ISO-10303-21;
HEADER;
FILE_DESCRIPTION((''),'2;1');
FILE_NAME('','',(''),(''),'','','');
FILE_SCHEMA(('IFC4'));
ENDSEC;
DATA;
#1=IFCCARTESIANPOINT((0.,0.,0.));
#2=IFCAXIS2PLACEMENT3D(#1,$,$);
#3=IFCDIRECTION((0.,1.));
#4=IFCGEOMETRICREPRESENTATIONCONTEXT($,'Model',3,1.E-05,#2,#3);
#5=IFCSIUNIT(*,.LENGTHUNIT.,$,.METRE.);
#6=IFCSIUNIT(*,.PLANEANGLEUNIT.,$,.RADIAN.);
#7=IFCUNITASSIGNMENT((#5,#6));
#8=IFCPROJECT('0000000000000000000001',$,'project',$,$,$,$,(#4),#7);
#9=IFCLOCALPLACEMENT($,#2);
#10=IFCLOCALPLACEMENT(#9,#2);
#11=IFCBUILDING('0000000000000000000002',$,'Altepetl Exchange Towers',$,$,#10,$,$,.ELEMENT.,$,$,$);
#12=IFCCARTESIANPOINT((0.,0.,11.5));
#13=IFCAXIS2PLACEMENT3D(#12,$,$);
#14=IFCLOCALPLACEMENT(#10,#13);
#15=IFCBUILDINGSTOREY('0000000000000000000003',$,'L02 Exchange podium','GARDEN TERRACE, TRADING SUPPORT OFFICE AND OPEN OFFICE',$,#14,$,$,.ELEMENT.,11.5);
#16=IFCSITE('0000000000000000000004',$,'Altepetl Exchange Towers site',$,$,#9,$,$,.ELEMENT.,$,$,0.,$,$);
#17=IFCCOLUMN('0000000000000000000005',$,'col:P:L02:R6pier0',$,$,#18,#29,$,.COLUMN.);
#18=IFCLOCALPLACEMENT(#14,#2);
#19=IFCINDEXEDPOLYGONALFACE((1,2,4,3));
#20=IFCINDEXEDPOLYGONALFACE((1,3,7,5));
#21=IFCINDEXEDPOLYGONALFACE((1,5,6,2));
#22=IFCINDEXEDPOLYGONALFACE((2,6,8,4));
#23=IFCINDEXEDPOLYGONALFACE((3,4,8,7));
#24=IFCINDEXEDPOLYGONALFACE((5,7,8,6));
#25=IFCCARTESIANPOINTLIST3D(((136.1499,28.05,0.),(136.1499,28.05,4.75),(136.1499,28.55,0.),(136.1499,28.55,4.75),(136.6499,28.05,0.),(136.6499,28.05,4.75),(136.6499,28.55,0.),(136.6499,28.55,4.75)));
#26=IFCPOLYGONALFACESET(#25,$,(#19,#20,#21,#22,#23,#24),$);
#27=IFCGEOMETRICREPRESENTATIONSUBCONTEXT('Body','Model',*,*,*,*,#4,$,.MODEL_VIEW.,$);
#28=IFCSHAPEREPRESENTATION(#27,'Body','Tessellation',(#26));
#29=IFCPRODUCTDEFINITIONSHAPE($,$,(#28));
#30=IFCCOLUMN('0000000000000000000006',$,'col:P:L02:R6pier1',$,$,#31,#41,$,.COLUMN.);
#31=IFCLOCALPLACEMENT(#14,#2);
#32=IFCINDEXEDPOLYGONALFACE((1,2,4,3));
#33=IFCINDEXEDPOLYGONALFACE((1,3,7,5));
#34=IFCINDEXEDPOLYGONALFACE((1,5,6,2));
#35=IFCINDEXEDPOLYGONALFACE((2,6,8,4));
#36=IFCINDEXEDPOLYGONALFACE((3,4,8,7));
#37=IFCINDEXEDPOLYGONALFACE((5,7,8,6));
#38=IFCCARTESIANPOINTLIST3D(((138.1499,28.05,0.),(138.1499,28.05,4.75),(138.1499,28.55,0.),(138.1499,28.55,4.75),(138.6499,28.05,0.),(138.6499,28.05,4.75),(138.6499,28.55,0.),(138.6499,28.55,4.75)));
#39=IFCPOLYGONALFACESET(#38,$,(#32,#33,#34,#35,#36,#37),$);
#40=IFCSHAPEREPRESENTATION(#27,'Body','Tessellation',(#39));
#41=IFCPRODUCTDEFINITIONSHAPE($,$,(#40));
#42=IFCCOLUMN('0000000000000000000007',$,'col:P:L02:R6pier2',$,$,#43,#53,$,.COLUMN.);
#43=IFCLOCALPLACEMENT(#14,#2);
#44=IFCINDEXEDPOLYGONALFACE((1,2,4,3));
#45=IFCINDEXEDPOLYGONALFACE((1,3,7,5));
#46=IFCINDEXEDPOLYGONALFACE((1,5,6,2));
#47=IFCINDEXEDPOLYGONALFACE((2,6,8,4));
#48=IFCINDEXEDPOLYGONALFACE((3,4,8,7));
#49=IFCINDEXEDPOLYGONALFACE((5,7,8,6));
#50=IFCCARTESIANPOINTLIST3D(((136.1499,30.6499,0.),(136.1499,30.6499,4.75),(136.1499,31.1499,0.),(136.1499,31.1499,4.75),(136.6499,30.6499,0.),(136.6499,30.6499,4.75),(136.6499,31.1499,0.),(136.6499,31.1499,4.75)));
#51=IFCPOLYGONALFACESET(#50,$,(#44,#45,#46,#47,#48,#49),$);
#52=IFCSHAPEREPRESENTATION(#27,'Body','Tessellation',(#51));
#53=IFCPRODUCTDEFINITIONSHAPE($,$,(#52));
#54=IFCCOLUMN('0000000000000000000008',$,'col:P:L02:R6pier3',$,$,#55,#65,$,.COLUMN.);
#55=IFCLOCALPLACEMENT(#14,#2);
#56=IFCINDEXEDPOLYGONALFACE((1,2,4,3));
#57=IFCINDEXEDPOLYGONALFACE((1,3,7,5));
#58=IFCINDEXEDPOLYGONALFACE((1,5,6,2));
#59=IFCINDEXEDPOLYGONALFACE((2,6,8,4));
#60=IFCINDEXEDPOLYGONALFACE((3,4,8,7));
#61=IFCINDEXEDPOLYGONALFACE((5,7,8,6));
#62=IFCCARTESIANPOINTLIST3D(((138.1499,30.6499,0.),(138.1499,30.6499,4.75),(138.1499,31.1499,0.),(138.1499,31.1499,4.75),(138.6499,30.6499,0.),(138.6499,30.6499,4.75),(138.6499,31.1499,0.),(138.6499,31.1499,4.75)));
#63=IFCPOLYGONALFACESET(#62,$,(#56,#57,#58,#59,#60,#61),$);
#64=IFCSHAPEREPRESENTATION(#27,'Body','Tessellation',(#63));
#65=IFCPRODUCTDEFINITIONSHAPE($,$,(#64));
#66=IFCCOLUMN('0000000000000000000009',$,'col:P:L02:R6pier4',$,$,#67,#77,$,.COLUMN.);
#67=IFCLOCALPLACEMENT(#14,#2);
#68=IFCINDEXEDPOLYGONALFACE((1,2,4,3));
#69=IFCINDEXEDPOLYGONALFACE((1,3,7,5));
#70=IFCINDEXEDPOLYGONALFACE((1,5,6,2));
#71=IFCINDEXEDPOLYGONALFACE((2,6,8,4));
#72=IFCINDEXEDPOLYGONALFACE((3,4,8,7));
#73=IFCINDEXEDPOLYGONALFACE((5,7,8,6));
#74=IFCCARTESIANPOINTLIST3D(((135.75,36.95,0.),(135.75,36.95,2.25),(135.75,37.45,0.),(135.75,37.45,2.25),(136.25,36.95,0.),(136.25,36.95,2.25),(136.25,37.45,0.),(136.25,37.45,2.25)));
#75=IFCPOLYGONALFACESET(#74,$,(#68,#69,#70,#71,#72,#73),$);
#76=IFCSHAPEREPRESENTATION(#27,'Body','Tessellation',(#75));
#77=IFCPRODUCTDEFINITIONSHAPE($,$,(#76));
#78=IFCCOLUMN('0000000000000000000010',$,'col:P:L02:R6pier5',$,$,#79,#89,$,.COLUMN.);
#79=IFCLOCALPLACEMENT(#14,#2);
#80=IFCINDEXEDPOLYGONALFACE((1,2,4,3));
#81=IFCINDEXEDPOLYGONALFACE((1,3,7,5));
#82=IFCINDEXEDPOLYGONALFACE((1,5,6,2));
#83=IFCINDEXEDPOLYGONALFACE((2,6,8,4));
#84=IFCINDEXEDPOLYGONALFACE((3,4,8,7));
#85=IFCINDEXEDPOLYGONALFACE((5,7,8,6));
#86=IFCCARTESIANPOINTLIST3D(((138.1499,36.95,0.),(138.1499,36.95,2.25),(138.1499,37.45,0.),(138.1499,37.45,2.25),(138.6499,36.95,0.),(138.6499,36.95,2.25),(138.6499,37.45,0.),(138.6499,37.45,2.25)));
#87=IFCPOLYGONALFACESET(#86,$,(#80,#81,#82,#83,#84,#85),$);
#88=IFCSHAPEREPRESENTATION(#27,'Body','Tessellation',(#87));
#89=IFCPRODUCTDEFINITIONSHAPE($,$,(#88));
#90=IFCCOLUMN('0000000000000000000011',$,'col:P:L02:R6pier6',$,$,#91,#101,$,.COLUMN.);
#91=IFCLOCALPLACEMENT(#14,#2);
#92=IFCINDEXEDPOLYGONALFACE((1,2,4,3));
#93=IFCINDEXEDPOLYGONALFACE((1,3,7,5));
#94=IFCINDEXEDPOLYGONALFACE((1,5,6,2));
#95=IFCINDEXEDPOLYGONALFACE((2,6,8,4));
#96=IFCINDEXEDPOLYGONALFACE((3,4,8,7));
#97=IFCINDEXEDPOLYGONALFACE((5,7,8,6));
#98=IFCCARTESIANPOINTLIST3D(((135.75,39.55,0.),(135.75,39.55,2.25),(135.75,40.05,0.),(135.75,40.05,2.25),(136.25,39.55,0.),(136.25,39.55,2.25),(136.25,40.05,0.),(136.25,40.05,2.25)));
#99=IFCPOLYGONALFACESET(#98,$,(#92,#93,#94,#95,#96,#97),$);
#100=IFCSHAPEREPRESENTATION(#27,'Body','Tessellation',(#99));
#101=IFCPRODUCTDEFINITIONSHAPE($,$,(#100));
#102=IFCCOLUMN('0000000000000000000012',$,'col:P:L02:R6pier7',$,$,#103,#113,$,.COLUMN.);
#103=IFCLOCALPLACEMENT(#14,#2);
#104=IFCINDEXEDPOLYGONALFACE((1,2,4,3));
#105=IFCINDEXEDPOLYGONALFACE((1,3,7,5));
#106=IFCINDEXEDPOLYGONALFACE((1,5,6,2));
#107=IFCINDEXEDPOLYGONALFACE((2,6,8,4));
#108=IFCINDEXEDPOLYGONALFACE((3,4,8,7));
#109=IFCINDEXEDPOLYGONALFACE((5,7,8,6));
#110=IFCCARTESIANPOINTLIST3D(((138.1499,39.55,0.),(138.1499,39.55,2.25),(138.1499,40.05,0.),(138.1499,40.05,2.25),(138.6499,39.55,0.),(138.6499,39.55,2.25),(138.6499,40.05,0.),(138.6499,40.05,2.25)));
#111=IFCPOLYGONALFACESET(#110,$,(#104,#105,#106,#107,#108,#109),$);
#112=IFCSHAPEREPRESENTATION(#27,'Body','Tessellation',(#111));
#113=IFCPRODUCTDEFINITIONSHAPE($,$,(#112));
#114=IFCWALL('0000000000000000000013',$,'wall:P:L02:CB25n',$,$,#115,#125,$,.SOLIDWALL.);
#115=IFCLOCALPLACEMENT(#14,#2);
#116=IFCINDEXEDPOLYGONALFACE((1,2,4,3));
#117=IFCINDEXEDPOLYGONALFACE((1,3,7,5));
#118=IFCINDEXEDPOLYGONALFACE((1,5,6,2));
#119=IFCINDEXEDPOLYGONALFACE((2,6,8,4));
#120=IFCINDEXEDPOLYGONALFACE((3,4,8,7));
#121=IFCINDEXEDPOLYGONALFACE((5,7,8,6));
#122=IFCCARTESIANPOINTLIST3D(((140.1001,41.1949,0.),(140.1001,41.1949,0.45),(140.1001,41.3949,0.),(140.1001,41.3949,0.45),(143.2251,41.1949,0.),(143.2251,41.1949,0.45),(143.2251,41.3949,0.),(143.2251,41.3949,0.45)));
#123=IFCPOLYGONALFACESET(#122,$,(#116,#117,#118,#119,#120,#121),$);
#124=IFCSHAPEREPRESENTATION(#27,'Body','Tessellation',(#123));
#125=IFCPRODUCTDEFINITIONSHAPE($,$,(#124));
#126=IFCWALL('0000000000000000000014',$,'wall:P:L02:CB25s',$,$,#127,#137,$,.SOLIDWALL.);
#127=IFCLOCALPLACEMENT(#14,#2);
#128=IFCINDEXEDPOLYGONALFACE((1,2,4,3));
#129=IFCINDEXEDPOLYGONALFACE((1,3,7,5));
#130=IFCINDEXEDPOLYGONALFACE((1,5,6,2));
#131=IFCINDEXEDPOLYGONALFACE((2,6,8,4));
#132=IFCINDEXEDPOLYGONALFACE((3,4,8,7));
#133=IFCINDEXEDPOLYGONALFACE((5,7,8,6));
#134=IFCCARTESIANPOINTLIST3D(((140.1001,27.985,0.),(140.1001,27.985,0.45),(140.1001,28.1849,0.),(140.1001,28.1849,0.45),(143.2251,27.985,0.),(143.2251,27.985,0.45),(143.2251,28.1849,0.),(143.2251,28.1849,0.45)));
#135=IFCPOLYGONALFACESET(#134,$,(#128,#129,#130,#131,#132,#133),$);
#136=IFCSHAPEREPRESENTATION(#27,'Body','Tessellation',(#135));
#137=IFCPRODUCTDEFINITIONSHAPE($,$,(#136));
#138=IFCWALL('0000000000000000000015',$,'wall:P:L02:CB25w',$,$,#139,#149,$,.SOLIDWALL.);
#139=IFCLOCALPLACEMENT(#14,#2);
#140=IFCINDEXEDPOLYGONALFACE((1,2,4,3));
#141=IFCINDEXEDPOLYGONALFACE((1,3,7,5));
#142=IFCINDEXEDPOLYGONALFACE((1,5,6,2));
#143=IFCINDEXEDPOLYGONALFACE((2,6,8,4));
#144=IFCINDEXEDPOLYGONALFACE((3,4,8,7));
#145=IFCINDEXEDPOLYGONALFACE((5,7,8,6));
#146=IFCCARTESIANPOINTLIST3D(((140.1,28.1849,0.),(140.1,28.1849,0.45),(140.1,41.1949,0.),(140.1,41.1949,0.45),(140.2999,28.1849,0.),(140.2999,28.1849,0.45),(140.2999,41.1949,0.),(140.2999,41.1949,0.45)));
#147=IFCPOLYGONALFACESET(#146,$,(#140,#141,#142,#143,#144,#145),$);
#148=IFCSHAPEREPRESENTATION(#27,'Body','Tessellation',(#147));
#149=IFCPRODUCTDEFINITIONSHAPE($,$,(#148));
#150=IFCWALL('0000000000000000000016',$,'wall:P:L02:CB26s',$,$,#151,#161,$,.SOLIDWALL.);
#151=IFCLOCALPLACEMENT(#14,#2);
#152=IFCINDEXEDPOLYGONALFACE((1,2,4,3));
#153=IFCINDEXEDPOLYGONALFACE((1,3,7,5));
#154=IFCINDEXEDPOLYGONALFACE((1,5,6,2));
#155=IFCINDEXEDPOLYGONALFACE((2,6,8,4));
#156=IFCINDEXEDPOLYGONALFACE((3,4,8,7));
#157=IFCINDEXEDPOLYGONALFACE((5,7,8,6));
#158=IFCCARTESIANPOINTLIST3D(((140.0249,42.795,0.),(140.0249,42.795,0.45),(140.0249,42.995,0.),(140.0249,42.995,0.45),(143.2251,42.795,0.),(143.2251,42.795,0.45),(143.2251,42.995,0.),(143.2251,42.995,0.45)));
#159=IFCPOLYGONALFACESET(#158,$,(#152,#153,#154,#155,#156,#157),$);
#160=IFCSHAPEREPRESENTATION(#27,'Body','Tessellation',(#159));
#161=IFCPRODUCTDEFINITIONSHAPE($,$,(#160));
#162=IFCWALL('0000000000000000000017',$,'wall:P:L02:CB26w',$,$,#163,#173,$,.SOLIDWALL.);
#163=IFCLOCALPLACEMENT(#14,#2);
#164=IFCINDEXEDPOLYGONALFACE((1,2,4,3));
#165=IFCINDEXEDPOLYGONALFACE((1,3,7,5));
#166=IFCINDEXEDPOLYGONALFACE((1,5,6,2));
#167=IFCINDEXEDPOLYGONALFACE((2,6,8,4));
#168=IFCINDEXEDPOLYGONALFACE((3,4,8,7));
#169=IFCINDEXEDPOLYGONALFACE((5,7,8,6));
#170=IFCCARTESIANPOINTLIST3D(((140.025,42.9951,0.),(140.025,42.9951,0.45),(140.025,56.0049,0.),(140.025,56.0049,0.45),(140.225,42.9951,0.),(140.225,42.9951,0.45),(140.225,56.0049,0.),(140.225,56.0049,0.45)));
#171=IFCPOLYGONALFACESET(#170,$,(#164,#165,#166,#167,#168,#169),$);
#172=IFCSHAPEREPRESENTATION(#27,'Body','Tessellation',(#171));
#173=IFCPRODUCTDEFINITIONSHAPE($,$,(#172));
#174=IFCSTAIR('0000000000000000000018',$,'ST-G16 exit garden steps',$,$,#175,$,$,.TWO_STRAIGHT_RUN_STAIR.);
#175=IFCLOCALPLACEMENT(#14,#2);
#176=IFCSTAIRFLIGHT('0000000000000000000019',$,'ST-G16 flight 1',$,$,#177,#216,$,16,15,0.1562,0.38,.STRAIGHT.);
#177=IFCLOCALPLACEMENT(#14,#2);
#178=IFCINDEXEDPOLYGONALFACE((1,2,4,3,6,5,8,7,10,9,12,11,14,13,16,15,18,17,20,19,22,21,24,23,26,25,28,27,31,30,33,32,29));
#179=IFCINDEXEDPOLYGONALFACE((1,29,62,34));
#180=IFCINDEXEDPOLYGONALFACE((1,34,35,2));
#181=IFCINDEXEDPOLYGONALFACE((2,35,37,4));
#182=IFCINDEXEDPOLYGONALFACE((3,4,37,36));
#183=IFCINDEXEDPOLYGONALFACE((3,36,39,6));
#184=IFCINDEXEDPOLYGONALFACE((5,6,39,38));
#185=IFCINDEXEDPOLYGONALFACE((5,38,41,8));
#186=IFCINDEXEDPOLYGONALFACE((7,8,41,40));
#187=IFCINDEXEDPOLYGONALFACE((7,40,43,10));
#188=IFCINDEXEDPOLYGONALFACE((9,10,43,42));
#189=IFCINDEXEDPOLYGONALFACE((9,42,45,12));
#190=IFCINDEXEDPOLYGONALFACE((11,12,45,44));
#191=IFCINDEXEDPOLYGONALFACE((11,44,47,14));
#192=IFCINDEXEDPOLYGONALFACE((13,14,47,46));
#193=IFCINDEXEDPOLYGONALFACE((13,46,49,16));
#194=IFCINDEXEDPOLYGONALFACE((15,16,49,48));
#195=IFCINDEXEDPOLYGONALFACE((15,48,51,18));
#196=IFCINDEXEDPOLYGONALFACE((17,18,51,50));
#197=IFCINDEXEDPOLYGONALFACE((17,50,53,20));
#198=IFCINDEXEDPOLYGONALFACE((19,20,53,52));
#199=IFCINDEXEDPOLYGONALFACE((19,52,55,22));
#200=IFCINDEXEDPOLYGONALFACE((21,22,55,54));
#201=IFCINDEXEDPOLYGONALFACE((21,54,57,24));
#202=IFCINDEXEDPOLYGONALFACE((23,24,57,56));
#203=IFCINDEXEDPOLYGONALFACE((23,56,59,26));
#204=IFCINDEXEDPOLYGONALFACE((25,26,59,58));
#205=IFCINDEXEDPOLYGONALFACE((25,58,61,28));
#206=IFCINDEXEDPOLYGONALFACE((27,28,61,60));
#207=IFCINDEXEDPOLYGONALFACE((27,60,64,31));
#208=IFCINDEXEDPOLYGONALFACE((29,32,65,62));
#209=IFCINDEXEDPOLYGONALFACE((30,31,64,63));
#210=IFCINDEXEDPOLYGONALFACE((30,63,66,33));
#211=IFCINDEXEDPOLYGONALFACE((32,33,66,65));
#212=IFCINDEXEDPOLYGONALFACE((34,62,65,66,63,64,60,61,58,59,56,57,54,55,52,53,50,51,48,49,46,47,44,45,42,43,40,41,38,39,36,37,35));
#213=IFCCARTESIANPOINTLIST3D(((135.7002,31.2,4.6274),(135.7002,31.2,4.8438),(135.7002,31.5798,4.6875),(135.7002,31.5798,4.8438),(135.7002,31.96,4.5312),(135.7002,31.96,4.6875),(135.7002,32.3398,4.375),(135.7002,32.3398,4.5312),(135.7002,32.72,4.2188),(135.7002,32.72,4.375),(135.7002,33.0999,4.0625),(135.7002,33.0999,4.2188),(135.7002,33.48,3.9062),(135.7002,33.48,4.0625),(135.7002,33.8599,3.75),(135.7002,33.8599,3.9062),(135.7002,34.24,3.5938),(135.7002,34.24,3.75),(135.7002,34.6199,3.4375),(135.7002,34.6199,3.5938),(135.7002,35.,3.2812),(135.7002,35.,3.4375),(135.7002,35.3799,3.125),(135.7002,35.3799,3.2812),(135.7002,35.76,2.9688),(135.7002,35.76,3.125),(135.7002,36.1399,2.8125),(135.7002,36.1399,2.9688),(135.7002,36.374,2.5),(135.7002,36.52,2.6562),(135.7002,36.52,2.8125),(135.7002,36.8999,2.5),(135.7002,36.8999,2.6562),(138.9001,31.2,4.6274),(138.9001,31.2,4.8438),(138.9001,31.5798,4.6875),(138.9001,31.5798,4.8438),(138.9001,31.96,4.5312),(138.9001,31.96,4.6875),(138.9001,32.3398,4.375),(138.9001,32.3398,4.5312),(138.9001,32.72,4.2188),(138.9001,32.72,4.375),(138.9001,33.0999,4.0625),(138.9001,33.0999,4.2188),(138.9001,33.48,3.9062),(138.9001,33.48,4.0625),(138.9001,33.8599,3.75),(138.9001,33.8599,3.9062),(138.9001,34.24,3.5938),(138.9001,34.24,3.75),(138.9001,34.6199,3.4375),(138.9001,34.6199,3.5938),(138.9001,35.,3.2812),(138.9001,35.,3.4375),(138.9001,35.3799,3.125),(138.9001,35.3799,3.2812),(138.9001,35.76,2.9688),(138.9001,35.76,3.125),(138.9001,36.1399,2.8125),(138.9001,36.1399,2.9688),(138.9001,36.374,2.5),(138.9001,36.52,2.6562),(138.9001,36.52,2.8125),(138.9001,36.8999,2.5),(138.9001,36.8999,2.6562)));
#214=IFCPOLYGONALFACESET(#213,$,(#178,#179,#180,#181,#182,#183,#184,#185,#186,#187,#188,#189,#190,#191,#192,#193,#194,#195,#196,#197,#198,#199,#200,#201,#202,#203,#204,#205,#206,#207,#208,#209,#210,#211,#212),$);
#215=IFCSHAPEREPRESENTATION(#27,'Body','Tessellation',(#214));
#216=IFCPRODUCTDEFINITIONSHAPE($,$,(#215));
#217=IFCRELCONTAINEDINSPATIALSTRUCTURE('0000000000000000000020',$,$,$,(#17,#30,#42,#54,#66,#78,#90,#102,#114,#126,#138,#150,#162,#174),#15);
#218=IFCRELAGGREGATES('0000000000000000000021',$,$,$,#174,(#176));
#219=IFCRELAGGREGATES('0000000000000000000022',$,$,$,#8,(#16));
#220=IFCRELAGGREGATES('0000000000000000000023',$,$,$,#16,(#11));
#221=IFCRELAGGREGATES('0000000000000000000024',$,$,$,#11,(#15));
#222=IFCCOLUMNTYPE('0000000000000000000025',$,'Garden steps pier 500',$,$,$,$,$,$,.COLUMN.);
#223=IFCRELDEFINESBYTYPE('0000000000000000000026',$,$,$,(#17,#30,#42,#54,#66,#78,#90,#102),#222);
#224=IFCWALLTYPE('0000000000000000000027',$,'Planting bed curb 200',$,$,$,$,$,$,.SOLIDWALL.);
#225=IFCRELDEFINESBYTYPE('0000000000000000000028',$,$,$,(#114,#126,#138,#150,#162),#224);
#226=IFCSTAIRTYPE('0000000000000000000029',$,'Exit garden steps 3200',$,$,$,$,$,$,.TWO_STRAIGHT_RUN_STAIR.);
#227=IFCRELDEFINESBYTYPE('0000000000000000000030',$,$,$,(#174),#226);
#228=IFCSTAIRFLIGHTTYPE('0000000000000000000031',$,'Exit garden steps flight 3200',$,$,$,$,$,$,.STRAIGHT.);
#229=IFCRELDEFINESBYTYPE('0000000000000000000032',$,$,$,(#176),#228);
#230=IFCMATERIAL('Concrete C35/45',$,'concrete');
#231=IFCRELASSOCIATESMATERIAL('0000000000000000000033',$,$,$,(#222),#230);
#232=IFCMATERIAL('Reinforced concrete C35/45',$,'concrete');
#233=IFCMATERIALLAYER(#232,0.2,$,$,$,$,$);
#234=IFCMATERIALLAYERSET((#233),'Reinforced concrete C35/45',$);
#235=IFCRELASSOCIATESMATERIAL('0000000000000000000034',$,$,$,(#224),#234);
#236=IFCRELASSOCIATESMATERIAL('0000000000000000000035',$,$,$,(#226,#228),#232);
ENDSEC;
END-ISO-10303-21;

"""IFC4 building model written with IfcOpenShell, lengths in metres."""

from ifc_helpers import new_model, si_unit, direction, frame, frame_2d, origin, origin_2d, place, context, subcontext, project, spatial, polyline, rectangle, outline, extrude, material, layer, layer_set, material_profile, profile_set, type_object, element, aggregate, save


model = new_model("IFC4")

# Units and contexts
model_context = context("Model", 3, precision=1e-05, world=origin(), true_north=direction((0.0, 1.0)))
body_context = subcontext(model_context, "Body", "Model", "MODEL_VIEW")
ifc_project = project(units=[si_unit("LENGTHUNIT", "METRE"), si_unit("PLANEANGLEUNIT", "RADIAN")], contexts=[model_context])

# Site, building, storey
site_placement = place(None, origin())
site = spatial("IfcSite", under=ifc_project, at=site_placement, Name="Altepetl Exchange Towers site", CompositionType="ELEMENT", RefElevation=0.0)
building_placement = place(site_placement, origin())
building = spatial("IfcBuilding", under=site, at=building_placement, Name="Altepetl Exchange Towers", CompositionType="ELEMENT")
storey_placement = place(building_placement, frame((0.0, 0.0, 11.5)))
storey = spatial("IfcBuildingStorey", under=building, at=storey_placement, Name="L02 Exchange podium", Description="GARDEN TERRACE, TRADING SUPPORT OFFICE AND OPEN OFFICE", CompositionType="ELEMENT", Elevation=11.5)

# Columns
ifc_material_1 = material(Name="Concrete C35/45", Category="concrete")
ifc_material_profile = material_profile(ifc_material_1, rectangle(XDim=0.5, YDim=0.5, at=origin_2d()), Name="500 x 500")
ifc_profile_set = profile_set([ifc_material_profile], Name="Concrete C35/45")
column_type = type_object("IfcColumnType", Name="Garden steps pier 500", PredefinedType="COLUMN", material=ifc_profile_set)
for number, where, name in (
    (1, (136.3999, 28.3, 0.0), "col:P:L02:R6pier0"),
    (2, (138.3999, 28.3, 0.0), "col:P:L02:R6pier1"),
    (3, (136.3999, 30.8999, 0.0), "col:P:L02:R6pier2"),
    (4, (138.3999, 30.8999, 0.0), "col:P:L02:R6pier3"),
):
    element("IfcColumn", number, at=place(storey_placement, frame(where)), inside=storey, type_object=column_type, Name=name, PredefinedType="COLUMN", context=body_context, shape_type="SweptSolid", body=[
        extrude(rectangle(XDim=0.5, YDim=0.5, at=origin_2d()), origin(), (0.0, 0.0, 1.0), 4.75),
    ])
for number, where, name in (
    (5, (136.0, 37.2, 0.0), "col:P:L02:R6pier4"),
    (6, (138.3999, 37.2, 0.0), "col:P:L02:R6pier5"),
    (7, (136.0, 39.8, 0.0), "col:P:L02:R6pier6"),
    (8, (138.3999, 39.8, 0.0), "col:P:L02:R6pier7"),
):
    element("IfcColumn", number, at=place(storey_placement, frame(where)), inside=storey, type_object=column_type, Name=name, PredefinedType="COLUMN", context=body_context, shape_type="SweptSolid", body=[
        extrude(rectangle(XDim=0.5, YDim=0.5, at=origin_2d()), origin(), (0.0, 0.0, 1.0), 2.25),
    ])

# Walls
ifc_material_2 = material(Name="Reinforced concrete C35/45", Category="concrete")
ifc_layer = layer(ifc_material_2, 0.2)
ifc_layer_set = layer_set([ifc_layer], Name="Reinforced concrete C35/45")
wall_type = type_object("IfcWallType", Name="Planting bed curb 200", PredefinedType="SOLIDWALL", material=ifc_layer_set)
for number, where, name in (
    (9, (140.1001, 41.2949, 0.0), "wall:P:L02:CB25n"),
    (10, (140.1001, 28.085, 0.0), "wall:P:L02:CB25s"),
):
    element("IfcWall", number, at=place(storey_placement, frame(where)), inside=storey, type_object=wall_type, Name=name, PredefinedType="SOLIDWALL", context=body_context, shape_type="SweptSolid", body=[
        extrude(rectangle(XDim=3.125, YDim=0.2, at=frame_2d((1.5625, 0.0))), origin(), (0.0, 0.0, 1.0), 0.45),
    ])
wall_1_placement = place(storey_placement, frame((140.2, 28.1851, 0.0), z_axis=(0.0, 0.0, 1.0), x_axis=(0.0, 1.0, 0.0)))
element("IfcWall", 11, at=wall_1_placement, inside=storey, type_object=wall_type, Name="wall:P:L02:CB25w", PredefinedType="SOLIDWALL", context=body_context, shape_type="SweptSolid", body=[
    extrude(rectangle(XDim=13.01, YDim=0.2, at=frame_2d((6.5049, 0.0))), origin(), (0.0, 0.0, 1.0), 0.45),
])
wall_2_placement = place(storey_placement, frame((140.0249, 42.895, 0.0)))
element("IfcWall", 12, at=wall_2_placement, inside=storey, type_object=wall_type, Name="wall:P:L02:CB26s", PredefinedType="SOLIDWALL", context=body_context, shape_type="SweptSolid", body=[
    extrude(rectangle(XDim=3.2002, YDim=0.2, at=frame_2d((1.6001, 0.0))), origin(), (0.0, 0.0, 1.0), 0.45),
])
wall_3_placement = place(storey_placement, frame((140.125, 42.9951, 0.0), z_axis=(0.0, 0.0, 1.0), x_axis=(0.0, 1.0, 0.0)))
element("IfcWall", 13, at=wall_3_placement, inside=storey, type_object=wall_type, Name="wall:P:L02:CB26w", PredefinedType="SOLIDWALL", context=body_context, shape_type="SweptSolid", body=[
    extrude(rectangle(XDim=13.0098, YDim=0.2, at=frame_2d((6.5049, 0.0))), origin(), (0.0, 0.0, 1.0), 0.45),
])

# Stair, stair flight
stair_type = type_object("IfcStairType", Name="Exit garden steps 3200", PredefinedType="TWO_STRAIGHT_RUN_STAIR", material=ifc_material_2)
stair_placement = place(storey_placement, origin())
stair = element("IfcStair", 14, at=stair_placement, inside=storey, type_object=stair_type, Name="ST-G16 exit garden steps", PredefinedType="TWO_STRAIGHT_RUN_STAIR")
stair_flight_type = type_object("IfcStairFlightType", Name="Exit garden steps flight 3200", PredefinedType="STRAIGHT", material=ifc_material_2)
stair_flight_placement = place(storey_placement, frame((137.3, 36.8999, 2.5), z_axis=(0.0, 0.0, 1.0), x_axis=(0.0, -1.0, 0.0)))
stair_flight = element("IfcStairFlight", 15, at=stair_flight_placement, type_object=stair_flight_type, Name="ST-G16 flight 1", NumberOfRisers=16, NumberOfTreads=15, PredefinedType="STRAIGHT", RiserHeight=0.1562, TreadLength=0.38, context=body_context, shape_type="SweptSolid", body=[
    extrude(outline(polyline([(0.0, 0.0), (0.0, 0.1562), (0.3799, 0.1562), (0.3799, 0.3125), (0.76, 0.3125), (0.76, 0.4688), (1.1399, 0.4688), (1.1399, 0.625), (1.52, 0.625), (1.52, 0.7812), (1.8999, 0.7812), (1.8999, 0.9375), (2.28, 0.9375), (2.28, 1.0938), (2.6599, 1.0938), (2.6599, 1.25), (3.04, 1.25), (3.04, 1.4062), (3.4199, 1.4062), (3.4199, 1.5625), (3.8, 1.5625), (3.8, 1.7188), (4.1799, 1.7188), (4.1799, 1.875), (4.5601, 1.875), (4.5601, 2.0312), (4.9399, 2.0312), (4.9399, 2.1875), (5.3201, 2.1875), (5.3201, 2.3438), (5.7, 2.3438), (5.7, 2.5), (5.7, 2.1274), (0.5259, 0.0), (0.0, 0.0)])), frame((0.0, 1.6001, 0.0), z_axis=(0.0, -1.0, 0.0), x_axis=(1.0, 0.0, 0.0)), (0.0, 0.0, 1.0), 3.2),
])
aggregate(stair, [stair_flight])

save(model, "model.ifc")
